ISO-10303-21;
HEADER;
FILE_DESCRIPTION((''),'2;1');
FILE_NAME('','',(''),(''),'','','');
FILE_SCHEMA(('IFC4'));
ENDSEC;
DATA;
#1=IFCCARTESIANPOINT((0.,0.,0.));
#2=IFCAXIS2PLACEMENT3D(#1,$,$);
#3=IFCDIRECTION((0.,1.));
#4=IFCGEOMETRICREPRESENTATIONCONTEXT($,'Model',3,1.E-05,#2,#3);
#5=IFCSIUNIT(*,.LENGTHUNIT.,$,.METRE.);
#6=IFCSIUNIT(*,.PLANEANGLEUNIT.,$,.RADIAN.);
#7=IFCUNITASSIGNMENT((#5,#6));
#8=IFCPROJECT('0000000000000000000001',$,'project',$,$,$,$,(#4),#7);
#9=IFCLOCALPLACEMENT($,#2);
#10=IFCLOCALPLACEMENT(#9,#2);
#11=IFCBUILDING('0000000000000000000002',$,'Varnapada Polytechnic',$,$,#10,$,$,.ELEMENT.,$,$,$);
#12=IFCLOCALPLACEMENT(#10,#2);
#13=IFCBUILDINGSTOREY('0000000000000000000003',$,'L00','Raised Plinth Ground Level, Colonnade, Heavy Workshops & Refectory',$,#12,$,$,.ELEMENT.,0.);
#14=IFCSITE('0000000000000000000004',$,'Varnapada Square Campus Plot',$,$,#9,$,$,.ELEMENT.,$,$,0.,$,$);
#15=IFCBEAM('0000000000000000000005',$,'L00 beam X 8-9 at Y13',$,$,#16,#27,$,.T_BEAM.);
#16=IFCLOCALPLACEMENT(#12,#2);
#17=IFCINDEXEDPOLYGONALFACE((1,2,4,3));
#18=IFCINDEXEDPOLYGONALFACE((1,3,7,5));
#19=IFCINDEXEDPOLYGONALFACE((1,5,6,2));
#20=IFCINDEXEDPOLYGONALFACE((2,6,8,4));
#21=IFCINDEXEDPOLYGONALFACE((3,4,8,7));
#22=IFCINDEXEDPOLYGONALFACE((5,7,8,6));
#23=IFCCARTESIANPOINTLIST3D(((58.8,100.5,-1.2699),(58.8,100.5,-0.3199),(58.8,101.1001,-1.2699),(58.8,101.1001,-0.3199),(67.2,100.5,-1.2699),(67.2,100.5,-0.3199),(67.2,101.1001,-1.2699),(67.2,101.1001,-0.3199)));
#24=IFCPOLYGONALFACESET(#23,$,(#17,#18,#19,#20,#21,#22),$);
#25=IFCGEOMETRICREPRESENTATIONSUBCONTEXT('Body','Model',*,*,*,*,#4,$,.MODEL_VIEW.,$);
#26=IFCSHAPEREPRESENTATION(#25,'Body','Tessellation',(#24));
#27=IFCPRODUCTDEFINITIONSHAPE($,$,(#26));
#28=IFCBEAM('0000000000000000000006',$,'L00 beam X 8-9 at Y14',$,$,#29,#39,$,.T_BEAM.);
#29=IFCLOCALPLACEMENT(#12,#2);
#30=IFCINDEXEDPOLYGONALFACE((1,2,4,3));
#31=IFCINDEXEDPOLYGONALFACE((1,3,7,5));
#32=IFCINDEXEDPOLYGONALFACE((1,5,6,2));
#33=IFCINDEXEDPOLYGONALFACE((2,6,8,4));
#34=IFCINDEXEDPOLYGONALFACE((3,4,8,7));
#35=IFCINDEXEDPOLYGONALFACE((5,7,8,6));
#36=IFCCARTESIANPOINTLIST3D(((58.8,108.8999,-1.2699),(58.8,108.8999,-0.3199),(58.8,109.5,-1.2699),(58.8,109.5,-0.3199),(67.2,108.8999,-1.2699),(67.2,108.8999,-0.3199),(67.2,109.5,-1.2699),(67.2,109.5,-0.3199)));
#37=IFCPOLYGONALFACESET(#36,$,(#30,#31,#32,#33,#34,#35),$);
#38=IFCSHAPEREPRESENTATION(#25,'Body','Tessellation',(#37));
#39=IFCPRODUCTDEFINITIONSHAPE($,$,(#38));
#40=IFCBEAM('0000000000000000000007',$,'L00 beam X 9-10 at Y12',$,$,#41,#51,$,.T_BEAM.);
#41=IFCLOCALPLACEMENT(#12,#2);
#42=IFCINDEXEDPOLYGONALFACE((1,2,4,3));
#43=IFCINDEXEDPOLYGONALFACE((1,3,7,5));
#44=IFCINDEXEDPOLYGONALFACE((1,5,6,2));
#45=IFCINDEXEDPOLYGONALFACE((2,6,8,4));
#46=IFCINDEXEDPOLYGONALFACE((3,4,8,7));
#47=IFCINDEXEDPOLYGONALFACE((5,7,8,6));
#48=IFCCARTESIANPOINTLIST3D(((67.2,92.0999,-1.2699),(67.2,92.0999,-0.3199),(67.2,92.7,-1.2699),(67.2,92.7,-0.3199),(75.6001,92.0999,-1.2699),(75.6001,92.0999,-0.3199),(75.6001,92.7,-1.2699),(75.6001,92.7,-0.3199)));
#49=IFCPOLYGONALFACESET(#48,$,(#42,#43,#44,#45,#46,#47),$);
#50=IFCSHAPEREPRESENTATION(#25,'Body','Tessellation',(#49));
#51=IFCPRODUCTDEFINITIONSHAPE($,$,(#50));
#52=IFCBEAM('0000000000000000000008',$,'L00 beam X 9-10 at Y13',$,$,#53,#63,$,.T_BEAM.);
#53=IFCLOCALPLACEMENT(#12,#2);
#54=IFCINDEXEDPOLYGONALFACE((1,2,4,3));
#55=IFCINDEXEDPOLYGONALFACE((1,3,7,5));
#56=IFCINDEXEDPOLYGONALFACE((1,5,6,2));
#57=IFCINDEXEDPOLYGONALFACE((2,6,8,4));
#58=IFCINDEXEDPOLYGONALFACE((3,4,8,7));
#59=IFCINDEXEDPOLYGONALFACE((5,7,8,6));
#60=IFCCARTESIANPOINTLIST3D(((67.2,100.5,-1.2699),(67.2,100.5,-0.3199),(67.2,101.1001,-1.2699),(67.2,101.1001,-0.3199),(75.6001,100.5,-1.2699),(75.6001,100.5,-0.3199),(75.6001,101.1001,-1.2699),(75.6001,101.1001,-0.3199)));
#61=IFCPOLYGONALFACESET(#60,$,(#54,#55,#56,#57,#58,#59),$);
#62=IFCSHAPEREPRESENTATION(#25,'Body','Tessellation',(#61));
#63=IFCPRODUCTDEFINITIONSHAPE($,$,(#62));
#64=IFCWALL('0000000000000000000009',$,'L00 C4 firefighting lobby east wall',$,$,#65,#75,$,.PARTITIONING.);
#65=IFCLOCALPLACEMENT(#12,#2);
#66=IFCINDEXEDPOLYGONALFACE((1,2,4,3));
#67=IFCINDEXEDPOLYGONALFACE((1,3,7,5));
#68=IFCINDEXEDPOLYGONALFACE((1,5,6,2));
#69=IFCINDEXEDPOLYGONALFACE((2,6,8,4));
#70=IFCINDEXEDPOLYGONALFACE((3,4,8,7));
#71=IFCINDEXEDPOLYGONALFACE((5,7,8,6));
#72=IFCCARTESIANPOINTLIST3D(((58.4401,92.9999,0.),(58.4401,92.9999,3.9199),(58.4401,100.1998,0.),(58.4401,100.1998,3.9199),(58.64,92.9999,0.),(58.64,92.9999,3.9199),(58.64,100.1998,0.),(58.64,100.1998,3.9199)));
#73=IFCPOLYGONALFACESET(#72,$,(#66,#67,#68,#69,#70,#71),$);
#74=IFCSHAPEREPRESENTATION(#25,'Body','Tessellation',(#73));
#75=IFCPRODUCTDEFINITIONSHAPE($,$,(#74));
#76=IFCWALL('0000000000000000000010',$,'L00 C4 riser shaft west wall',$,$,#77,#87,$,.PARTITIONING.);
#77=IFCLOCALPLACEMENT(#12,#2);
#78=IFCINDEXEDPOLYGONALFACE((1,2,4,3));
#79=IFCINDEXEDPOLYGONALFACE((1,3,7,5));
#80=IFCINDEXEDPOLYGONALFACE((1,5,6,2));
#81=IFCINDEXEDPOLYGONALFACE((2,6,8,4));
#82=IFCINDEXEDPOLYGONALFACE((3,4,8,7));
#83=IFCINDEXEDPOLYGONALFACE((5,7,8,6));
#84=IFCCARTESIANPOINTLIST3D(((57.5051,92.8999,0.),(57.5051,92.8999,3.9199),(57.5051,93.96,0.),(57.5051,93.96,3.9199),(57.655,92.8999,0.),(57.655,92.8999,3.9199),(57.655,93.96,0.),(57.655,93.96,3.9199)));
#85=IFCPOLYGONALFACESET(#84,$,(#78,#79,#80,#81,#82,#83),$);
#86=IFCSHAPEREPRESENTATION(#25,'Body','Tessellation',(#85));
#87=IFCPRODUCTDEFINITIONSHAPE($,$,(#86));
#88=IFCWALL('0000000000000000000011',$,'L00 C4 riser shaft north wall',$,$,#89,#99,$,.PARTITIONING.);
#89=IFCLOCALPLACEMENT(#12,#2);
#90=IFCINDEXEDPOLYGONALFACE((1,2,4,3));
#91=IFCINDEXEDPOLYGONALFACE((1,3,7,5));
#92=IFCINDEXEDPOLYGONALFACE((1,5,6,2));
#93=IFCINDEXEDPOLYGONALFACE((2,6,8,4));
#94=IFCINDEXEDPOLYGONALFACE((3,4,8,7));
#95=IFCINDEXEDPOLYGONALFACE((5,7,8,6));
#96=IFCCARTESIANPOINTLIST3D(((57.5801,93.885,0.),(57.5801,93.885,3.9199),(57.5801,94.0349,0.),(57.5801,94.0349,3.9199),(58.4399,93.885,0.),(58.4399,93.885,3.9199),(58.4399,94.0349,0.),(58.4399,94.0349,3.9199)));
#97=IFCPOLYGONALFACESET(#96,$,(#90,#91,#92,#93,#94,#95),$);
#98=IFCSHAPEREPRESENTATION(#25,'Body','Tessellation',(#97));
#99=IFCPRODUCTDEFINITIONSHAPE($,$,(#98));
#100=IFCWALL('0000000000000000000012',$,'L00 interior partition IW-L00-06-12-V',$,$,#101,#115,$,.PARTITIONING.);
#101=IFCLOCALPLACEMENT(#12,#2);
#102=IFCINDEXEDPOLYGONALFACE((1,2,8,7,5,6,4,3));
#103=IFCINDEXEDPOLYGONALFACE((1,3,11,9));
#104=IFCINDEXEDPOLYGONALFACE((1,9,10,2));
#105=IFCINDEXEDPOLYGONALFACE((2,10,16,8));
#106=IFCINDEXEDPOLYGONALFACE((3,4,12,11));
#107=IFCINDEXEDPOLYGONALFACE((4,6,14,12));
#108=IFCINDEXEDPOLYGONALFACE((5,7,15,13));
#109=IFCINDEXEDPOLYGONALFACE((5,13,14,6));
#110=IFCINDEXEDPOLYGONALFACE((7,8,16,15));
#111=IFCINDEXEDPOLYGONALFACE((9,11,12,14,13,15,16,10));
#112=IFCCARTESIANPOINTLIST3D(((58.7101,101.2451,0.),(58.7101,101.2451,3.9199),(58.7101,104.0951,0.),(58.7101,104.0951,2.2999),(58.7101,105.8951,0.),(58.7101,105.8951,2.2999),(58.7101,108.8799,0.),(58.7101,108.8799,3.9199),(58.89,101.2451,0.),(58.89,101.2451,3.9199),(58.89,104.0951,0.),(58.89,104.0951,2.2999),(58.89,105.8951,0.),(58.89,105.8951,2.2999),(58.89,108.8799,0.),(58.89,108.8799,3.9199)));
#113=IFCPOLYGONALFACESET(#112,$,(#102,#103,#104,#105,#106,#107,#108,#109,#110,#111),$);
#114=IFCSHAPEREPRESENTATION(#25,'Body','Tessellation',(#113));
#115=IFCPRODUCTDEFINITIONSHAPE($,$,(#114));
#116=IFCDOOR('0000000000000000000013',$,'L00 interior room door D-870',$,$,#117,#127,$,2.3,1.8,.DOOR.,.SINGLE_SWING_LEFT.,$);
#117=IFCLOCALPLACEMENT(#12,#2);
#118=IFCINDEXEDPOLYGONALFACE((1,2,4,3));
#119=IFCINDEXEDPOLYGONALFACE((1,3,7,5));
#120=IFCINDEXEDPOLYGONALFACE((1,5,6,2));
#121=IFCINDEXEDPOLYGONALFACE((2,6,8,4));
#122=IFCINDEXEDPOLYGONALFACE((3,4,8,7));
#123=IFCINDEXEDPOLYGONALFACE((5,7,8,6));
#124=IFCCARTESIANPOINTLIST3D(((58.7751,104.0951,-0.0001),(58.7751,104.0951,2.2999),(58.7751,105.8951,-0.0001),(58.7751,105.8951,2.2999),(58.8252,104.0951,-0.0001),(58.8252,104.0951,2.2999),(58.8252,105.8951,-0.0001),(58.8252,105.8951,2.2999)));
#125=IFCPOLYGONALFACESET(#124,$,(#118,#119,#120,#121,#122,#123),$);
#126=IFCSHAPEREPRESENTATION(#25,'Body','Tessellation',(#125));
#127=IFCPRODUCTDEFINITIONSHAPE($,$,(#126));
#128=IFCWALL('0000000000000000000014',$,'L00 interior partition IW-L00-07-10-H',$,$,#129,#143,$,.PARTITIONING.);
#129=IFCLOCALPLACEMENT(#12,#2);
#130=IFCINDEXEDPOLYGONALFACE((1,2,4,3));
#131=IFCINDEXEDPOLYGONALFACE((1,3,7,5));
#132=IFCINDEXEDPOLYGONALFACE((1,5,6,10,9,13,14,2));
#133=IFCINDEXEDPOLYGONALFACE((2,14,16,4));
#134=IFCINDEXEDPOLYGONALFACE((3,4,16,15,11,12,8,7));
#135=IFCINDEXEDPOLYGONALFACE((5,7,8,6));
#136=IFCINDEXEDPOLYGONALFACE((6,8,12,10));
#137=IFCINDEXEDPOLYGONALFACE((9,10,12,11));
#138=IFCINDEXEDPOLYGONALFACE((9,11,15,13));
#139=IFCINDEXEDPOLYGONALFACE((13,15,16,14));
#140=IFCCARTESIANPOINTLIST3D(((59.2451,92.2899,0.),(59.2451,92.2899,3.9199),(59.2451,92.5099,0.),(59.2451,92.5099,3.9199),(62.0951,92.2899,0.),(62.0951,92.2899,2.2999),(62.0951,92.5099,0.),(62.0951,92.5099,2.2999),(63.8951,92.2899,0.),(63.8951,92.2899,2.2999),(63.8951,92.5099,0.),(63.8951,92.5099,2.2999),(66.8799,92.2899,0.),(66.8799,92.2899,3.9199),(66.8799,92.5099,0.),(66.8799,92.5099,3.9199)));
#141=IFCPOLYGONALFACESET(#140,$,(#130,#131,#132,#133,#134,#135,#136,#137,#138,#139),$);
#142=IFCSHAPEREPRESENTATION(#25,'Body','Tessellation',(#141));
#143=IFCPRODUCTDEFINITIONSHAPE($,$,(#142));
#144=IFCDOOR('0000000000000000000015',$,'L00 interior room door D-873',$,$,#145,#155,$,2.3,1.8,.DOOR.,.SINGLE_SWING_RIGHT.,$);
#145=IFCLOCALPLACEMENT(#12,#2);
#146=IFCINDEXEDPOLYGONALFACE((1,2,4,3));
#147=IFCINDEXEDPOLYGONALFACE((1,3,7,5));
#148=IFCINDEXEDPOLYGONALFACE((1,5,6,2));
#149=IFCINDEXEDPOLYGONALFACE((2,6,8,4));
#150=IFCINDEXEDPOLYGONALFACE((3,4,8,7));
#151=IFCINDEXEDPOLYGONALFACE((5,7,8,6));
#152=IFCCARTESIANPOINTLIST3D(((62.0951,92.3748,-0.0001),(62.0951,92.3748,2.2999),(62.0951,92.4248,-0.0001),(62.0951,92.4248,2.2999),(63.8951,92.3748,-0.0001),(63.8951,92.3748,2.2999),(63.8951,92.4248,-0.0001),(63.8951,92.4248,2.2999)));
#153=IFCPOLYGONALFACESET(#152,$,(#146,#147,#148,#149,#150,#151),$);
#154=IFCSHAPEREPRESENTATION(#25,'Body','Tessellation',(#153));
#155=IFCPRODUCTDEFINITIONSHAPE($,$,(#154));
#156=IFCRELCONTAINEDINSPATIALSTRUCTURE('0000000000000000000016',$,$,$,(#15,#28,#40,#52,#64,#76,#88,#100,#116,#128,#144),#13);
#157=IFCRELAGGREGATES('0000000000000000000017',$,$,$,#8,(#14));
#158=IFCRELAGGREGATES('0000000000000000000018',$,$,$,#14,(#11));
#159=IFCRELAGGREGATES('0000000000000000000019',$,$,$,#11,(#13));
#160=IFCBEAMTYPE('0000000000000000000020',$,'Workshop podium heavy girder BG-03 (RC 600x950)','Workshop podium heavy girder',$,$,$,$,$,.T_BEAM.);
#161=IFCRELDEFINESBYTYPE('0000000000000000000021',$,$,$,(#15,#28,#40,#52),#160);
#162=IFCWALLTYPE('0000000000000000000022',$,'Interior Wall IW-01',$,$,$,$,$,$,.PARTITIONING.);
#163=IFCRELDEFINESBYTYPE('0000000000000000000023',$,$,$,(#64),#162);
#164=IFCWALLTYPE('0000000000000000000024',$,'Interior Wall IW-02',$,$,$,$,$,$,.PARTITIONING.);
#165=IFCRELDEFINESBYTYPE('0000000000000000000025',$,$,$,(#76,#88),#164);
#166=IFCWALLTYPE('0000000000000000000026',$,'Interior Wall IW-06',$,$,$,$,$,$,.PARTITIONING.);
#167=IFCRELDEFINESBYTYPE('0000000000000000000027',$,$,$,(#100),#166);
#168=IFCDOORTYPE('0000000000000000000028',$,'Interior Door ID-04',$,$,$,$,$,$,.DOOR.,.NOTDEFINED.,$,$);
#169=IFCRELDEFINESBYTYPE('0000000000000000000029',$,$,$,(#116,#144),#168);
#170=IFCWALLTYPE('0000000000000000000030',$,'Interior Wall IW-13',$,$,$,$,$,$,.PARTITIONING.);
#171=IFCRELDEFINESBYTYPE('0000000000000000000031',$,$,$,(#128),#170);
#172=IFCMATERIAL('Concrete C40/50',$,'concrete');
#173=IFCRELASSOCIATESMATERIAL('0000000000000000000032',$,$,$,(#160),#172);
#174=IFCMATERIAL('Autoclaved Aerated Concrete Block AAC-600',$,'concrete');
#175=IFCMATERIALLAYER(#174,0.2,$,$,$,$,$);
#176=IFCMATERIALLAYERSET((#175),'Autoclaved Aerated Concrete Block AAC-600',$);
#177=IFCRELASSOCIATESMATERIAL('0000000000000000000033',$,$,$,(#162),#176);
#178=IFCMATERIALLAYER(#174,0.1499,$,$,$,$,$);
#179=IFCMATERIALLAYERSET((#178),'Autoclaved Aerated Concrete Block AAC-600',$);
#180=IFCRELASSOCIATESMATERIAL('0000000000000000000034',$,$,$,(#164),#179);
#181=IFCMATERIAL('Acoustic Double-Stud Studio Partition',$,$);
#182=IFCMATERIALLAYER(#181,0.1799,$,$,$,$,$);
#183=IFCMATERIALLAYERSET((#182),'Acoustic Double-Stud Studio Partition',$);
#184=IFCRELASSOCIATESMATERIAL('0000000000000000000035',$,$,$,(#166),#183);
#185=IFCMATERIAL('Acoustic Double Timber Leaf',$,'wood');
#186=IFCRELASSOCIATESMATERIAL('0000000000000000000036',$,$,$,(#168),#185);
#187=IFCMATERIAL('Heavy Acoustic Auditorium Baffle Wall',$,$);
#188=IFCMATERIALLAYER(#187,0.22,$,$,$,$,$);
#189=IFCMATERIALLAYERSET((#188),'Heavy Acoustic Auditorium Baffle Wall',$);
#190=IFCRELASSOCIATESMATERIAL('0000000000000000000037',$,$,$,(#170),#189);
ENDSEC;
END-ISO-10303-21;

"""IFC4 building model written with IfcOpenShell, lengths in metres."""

from ifc_helpers import new_model, si_unit, direction, frame, frame_2d, origin, origin_2d, place, context, subcontext, project, spatial, rectangle, extrude, material, layer, layer_set, material_profile, profile_set, type_object, element, fill, save


model = new_model("IFC4")

# Units and contexts
model_context = context("Model", 3, precision=1e-05, world=origin(), true_north=direction((0.0, 1.0)))
body_context = subcontext(model_context, "Body", "Model", "MODEL_VIEW")
ifc_project = project(units=[si_unit("LENGTHUNIT", "METRE"), si_unit("PLANEANGLEUNIT", "RADIAN")], contexts=[model_context])

# Site, building, storey
site_placement = place(None, origin())
site = spatial("IfcSite", under=ifc_project, at=site_placement, Name="Varnapada Square Campus Plot", CompositionType="ELEMENT", RefElevation=0.0)
building_placement = place(site_placement, origin())
building = spatial("IfcBuilding", under=site, at=building_placement, Name="Varnapada Polytechnic", CompositionType="ELEMENT")
storey_placement = place(building_placement, origin())
storey = spatial("IfcBuildingStorey", under=building, at=storey_placement, Name="L00", Description="Raised Plinth Ground Level, Colonnade, Heavy Workshops & Refectory", CompositionType="ELEMENT", Elevation=0.0)

# Shared definitions
ifc_material_1 = material(Name="Concrete C40/50", Category="concrete")

# Beams
ifc_material_profile_1 = material_profile(ifc_material_1, rectangle(XDim=0.6001, YDim=0.95, at=origin_2d()), Name="RC 600x950")
ifc_profile_set_1 = profile_set([ifc_material_profile_1], Name="Concrete C40/50")
beam_type_1 = type_object("IfcBeamType", Name="Workshop podium heavy girder BG-03 (RC 600x950)", Description="Workshop podium heavy girder", PredefinedType="T_BEAM", material=ifc_profile_set_1)
for number, where, z_axis, x_axis, name in (
    (1, (58.8, 100.8, -0.7949), (1.0, 0.0, 0.0), (0.0, 1.0, 0.0), "L00 beam X 8-9 at Y13"),
    (2, (58.8, 109.2, -0.7949), (1.0, 0.0, 0.0), (0.0, 1.0, 0.0), "L00 beam X 8-9 at Y14"),
):
    element("IfcBeam", number, at=place(storey_placement, frame(where, z_axis=z_axis, x_axis=x_axis)), inside=storey, type_object=beam_type_1, Name=name, PredefinedType="T_BEAM", context=body_context, shape_type="SweptSolid", body=[
        extrude(rectangle(XDim=0.6001, YDim=0.95, at=origin_2d()), origin(), (0.0, 0.0, 1.0), 8.3999),
    ])
for number, where, z_axis, x_axis, name in (
    (3, (67.2, 92.3999, -0.7949), (1.0, 0.0, 0.0), (0.0, 1.0, 0.0), "L00 beam X 9-10 at Y12"),
    (4, (67.2, 100.8, -0.7949), (1.0, 0.0, 0.0), (0.0, 1.0, 0.0), "L00 beam X 9-10 at Y13"),
):
    element("IfcBeam", number, at=place(storey_placement, frame(where, z_axis=z_axis, x_axis=x_axis)), inside=storey, type_object=beam_type_1, Name=name, PredefinedType="T_BEAM", context=body_context, shape_type="SweptSolid", body=[
        extrude(rectangle(XDim=0.6001, YDim=0.95, at=origin_2d()), origin(), (0.0, 0.0, 1.0), 8.4001),
    ])

# Walls
ifc_material_2 = material(Name="Autoclaved Aerated Concrete Block AAC-600", Category="concrete")
ifc_layer_1 = layer(ifc_material_2, 0.2)
ifc_layer_set_1 = layer_set([ifc_layer_1], Name="Autoclaved Aerated Concrete Block AAC-600")
wall_type_1 = type_object("IfcWallType", Name="Interior Wall IW-01", PredefinedType="PARTITIONING", material=ifc_layer_set_1)
wall_1_placement = place(storey_placement, frame((58.54, 100.2, 0.0), z_axis=(0.0, 0.0, 1.0), x_axis=(0.0, -1.0, 0.0)))
element("IfcWall", 5, at=wall_1_placement, inside=storey, type_object=wall_type_1, Name="L00 C4 firefighting lobby east wall", PredefinedType="PARTITIONING", context=body_context, shape_type="SweptSolid", body=[
    extrude(rectangle(XDim=7.2, YDim=0.2, at=frame_2d((3.6001, 0.0))), origin(), (0.0, 0.0, 1.0), 3.9199),
])
ifc_layer_2 = layer(ifc_material_2, 0.1499)
ifc_layer_set_2 = layer_set([ifc_layer_2], Name="Autoclaved Aerated Concrete Block AAC-600")
wall_type_2 = type_object("IfcWallType", Name="Interior Wall IW-02", PredefinedType="PARTITIONING", material=ifc_layer_set_2)
wall_2_placement = place(storey_placement, frame((57.5801, 93.96, 0.0), z_axis=(0.0, 0.0, 1.0), x_axis=(0.0, -1.0, 0.0)))
element("IfcWall", 6, at=wall_2_placement, inside=storey, type_object=wall_type_2, Name="L00 C4 riser shaft west wall", PredefinedType="PARTITIONING", context=body_context, shape_type="SweptSolid", body=[
    extrude(rectangle(XDim=1.0601, YDim=0.1499, at=frame_2d((0.53, 0.0))), origin(), (0.0, 0.0, 1.0), 3.9199),
])
wall_3_placement = place(storey_placement, frame((57.5801, 93.96, 0.0), z_axis=(0.0, 0.0, 1.0), x_axis=(1.0, 0.0, 0.0)))
element("IfcWall", 7, at=wall_3_placement, inside=storey, type_object=wall_type_2, Name="L00 C4 riser shaft north wall", PredefinedType="PARTITIONING", context=body_context, shape_type="SweptSolid", body=[
    extrude(rectangle(XDim=0.8599, YDim=0.1499, at=frame_2d((0.4299, 0.0))), origin(), (0.0, 0.0, 1.0), 3.9199),
])

# Walls, openings, doors
ifc_material_3 = material(Name="Acoustic Double-Stud Studio Partition")
ifc_layer_3 = layer(ifc_material_3, 0.1799)
ifc_layer_set_3 = layer_set([ifc_layer_3], Name="Acoustic Double-Stud Studio Partition")
wall_type_3 = type_object("IfcWallType", Name="Interior Wall IW-06", PredefinedType="PARTITIONING", material=ifc_layer_set_3)
wall_4_placement = place(storey_placement, frame((58.8, 101.2451, 0.0), z_axis=(0.0, 0.0, 1.0), x_axis=(0.0, 1.0, 0.0)))
wall_4 = element("IfcWall", 8, at=wall_4_placement, inside=storey, type_object=wall_type_3, Name="L00 interior partition IW-L00-06-12-V", PredefinedType="PARTITIONING", context=body_context, shape_type="SweptSolid", body=[
    extrude(rectangle(XDim=7.6348, YDim=0.1799, at=frame_2d((3.8174, 0.0))), origin(), (0.0, 0.0, 1.0), 3.9199),
])
opening_1_placement = place(wall_4_placement, frame((2.8501, 0.0, 0.0)))
opening_1 = element("IfcOpeningElement", 9, at=opening_1_placement, cuts=wall_4, PredefinedType="OPENING", context=body_context, shape_type="SweptSolid", body=[
    extrude(rectangle(XDim=1.8, YDim=2.3, at=frame_2d((0.8999, 1.1499))), frame((0.0, 0.0999, 0.0), z_axis=(0.0, -1.0, 0.0), x_axis=(1.0, 0.0, 0.0)), (0.0, 0.0, 1.0), 0.2),
])
ifc_material_4 = material(Name="Acoustic Double Timber Leaf", Category="wood")
door_type_1 = type_object("IfcDoorType", Name="Interior Door ID-04", OperationType="NOTDEFINED", PredefinedType="DOOR", material=ifc_material_4)
door_1_placement = place(opening_1_placement, origin())
door_1 = element("IfcDoor", 10, at=door_1_placement, inside=storey, type_object=door_type_1, Name="L00 interior room door D-870", OperationType="SINGLE_SWING_LEFT", OverallHeight=2.3, OverallWidth=1.8, PredefinedType="DOOR", context=body_context, shape_type="SweptSolid", body=[
    extrude(rectangle(XDim=1.8, YDim=2.3, at=frame_2d((0.8999, 1.1499))), frame((0.0, 0.0249, 0.0), z_axis=(0.0, -1.0, 0.0), x_axis=(1.0, 0.0, 0.0)), (0.0, 0.0, 1.0), 0.05),
])
fill(opening_1, door_1)
ifc_material_5 = material(Name="Heavy Acoustic Auditorium Baffle Wall")
ifc_layer_4 = layer(ifc_material_5, 0.22)
ifc_layer_set_4 = layer_set([ifc_layer_4], Name="Heavy Acoustic Auditorium Baffle Wall")
wall_type_4 = type_object("IfcWallType", Name="Interior Wall IW-13", PredefinedType="PARTITIONING", material=ifc_layer_set_4)
wall_5_placement = place(storey_placement, frame((59.2451, 92.3999, 0.0), z_axis=(0.0, 0.0, 1.0), x_axis=(1.0, 0.0, 0.0)))
wall_5 = element("IfcWall", 11, at=wall_5_placement, inside=storey, type_object=wall_type_4, Name="L00 interior partition IW-L00-07-10-H", PredefinedType="PARTITIONING", context=body_context, shape_type="SweptSolid", body=[
    extrude(rectangle(XDim=7.6348, YDim=0.22, at=frame_2d((3.8174, 0.0))), origin(), (0.0, 0.0, 1.0), 3.9199),
])
opening_2_placement = place(wall_5_placement, frame((2.8501, 0.0, 0.0)))
opening_2 = element("IfcOpeningElement", 12, at=opening_2_placement, cuts=wall_5, PredefinedType="OPENING", context=body_context, shape_type="SweptSolid", body=[
    extrude(rectangle(XDim=1.8, YDim=2.3, at=frame_2d((0.8999, 1.1499))), frame((0.0, 0.1199, 0.0), z_axis=(0.0, -1.0, 0.0), x_axis=(1.0, 0.0, 0.0)), (0.0, 0.0, 1.0), 0.24),
])
door_2_placement = place(opening_2_placement, origin())
door_2 = element("IfcDoor", 13, at=door_2_placement, inside=storey, type_object=door_type_1, Name="L00 interior room door D-873", OperationType="SINGLE_SWING_RIGHT", OverallHeight=2.3, OverallWidth=1.8, PredefinedType="DOOR", context=body_context, shape_type="SweptSolid", body=[
    extrude(rectangle(XDim=1.8, YDim=2.3, at=frame_2d((0.8999, 1.1499))), frame((0.0, 0.0249, 0.0), z_axis=(0.0, -1.0, 0.0), x_axis=(1.0, 0.0, 0.0)), (0.0, 0.0, 1.0), 0.05),
])
fill(opening_2, door_2)

save(model, "model.ifc")
